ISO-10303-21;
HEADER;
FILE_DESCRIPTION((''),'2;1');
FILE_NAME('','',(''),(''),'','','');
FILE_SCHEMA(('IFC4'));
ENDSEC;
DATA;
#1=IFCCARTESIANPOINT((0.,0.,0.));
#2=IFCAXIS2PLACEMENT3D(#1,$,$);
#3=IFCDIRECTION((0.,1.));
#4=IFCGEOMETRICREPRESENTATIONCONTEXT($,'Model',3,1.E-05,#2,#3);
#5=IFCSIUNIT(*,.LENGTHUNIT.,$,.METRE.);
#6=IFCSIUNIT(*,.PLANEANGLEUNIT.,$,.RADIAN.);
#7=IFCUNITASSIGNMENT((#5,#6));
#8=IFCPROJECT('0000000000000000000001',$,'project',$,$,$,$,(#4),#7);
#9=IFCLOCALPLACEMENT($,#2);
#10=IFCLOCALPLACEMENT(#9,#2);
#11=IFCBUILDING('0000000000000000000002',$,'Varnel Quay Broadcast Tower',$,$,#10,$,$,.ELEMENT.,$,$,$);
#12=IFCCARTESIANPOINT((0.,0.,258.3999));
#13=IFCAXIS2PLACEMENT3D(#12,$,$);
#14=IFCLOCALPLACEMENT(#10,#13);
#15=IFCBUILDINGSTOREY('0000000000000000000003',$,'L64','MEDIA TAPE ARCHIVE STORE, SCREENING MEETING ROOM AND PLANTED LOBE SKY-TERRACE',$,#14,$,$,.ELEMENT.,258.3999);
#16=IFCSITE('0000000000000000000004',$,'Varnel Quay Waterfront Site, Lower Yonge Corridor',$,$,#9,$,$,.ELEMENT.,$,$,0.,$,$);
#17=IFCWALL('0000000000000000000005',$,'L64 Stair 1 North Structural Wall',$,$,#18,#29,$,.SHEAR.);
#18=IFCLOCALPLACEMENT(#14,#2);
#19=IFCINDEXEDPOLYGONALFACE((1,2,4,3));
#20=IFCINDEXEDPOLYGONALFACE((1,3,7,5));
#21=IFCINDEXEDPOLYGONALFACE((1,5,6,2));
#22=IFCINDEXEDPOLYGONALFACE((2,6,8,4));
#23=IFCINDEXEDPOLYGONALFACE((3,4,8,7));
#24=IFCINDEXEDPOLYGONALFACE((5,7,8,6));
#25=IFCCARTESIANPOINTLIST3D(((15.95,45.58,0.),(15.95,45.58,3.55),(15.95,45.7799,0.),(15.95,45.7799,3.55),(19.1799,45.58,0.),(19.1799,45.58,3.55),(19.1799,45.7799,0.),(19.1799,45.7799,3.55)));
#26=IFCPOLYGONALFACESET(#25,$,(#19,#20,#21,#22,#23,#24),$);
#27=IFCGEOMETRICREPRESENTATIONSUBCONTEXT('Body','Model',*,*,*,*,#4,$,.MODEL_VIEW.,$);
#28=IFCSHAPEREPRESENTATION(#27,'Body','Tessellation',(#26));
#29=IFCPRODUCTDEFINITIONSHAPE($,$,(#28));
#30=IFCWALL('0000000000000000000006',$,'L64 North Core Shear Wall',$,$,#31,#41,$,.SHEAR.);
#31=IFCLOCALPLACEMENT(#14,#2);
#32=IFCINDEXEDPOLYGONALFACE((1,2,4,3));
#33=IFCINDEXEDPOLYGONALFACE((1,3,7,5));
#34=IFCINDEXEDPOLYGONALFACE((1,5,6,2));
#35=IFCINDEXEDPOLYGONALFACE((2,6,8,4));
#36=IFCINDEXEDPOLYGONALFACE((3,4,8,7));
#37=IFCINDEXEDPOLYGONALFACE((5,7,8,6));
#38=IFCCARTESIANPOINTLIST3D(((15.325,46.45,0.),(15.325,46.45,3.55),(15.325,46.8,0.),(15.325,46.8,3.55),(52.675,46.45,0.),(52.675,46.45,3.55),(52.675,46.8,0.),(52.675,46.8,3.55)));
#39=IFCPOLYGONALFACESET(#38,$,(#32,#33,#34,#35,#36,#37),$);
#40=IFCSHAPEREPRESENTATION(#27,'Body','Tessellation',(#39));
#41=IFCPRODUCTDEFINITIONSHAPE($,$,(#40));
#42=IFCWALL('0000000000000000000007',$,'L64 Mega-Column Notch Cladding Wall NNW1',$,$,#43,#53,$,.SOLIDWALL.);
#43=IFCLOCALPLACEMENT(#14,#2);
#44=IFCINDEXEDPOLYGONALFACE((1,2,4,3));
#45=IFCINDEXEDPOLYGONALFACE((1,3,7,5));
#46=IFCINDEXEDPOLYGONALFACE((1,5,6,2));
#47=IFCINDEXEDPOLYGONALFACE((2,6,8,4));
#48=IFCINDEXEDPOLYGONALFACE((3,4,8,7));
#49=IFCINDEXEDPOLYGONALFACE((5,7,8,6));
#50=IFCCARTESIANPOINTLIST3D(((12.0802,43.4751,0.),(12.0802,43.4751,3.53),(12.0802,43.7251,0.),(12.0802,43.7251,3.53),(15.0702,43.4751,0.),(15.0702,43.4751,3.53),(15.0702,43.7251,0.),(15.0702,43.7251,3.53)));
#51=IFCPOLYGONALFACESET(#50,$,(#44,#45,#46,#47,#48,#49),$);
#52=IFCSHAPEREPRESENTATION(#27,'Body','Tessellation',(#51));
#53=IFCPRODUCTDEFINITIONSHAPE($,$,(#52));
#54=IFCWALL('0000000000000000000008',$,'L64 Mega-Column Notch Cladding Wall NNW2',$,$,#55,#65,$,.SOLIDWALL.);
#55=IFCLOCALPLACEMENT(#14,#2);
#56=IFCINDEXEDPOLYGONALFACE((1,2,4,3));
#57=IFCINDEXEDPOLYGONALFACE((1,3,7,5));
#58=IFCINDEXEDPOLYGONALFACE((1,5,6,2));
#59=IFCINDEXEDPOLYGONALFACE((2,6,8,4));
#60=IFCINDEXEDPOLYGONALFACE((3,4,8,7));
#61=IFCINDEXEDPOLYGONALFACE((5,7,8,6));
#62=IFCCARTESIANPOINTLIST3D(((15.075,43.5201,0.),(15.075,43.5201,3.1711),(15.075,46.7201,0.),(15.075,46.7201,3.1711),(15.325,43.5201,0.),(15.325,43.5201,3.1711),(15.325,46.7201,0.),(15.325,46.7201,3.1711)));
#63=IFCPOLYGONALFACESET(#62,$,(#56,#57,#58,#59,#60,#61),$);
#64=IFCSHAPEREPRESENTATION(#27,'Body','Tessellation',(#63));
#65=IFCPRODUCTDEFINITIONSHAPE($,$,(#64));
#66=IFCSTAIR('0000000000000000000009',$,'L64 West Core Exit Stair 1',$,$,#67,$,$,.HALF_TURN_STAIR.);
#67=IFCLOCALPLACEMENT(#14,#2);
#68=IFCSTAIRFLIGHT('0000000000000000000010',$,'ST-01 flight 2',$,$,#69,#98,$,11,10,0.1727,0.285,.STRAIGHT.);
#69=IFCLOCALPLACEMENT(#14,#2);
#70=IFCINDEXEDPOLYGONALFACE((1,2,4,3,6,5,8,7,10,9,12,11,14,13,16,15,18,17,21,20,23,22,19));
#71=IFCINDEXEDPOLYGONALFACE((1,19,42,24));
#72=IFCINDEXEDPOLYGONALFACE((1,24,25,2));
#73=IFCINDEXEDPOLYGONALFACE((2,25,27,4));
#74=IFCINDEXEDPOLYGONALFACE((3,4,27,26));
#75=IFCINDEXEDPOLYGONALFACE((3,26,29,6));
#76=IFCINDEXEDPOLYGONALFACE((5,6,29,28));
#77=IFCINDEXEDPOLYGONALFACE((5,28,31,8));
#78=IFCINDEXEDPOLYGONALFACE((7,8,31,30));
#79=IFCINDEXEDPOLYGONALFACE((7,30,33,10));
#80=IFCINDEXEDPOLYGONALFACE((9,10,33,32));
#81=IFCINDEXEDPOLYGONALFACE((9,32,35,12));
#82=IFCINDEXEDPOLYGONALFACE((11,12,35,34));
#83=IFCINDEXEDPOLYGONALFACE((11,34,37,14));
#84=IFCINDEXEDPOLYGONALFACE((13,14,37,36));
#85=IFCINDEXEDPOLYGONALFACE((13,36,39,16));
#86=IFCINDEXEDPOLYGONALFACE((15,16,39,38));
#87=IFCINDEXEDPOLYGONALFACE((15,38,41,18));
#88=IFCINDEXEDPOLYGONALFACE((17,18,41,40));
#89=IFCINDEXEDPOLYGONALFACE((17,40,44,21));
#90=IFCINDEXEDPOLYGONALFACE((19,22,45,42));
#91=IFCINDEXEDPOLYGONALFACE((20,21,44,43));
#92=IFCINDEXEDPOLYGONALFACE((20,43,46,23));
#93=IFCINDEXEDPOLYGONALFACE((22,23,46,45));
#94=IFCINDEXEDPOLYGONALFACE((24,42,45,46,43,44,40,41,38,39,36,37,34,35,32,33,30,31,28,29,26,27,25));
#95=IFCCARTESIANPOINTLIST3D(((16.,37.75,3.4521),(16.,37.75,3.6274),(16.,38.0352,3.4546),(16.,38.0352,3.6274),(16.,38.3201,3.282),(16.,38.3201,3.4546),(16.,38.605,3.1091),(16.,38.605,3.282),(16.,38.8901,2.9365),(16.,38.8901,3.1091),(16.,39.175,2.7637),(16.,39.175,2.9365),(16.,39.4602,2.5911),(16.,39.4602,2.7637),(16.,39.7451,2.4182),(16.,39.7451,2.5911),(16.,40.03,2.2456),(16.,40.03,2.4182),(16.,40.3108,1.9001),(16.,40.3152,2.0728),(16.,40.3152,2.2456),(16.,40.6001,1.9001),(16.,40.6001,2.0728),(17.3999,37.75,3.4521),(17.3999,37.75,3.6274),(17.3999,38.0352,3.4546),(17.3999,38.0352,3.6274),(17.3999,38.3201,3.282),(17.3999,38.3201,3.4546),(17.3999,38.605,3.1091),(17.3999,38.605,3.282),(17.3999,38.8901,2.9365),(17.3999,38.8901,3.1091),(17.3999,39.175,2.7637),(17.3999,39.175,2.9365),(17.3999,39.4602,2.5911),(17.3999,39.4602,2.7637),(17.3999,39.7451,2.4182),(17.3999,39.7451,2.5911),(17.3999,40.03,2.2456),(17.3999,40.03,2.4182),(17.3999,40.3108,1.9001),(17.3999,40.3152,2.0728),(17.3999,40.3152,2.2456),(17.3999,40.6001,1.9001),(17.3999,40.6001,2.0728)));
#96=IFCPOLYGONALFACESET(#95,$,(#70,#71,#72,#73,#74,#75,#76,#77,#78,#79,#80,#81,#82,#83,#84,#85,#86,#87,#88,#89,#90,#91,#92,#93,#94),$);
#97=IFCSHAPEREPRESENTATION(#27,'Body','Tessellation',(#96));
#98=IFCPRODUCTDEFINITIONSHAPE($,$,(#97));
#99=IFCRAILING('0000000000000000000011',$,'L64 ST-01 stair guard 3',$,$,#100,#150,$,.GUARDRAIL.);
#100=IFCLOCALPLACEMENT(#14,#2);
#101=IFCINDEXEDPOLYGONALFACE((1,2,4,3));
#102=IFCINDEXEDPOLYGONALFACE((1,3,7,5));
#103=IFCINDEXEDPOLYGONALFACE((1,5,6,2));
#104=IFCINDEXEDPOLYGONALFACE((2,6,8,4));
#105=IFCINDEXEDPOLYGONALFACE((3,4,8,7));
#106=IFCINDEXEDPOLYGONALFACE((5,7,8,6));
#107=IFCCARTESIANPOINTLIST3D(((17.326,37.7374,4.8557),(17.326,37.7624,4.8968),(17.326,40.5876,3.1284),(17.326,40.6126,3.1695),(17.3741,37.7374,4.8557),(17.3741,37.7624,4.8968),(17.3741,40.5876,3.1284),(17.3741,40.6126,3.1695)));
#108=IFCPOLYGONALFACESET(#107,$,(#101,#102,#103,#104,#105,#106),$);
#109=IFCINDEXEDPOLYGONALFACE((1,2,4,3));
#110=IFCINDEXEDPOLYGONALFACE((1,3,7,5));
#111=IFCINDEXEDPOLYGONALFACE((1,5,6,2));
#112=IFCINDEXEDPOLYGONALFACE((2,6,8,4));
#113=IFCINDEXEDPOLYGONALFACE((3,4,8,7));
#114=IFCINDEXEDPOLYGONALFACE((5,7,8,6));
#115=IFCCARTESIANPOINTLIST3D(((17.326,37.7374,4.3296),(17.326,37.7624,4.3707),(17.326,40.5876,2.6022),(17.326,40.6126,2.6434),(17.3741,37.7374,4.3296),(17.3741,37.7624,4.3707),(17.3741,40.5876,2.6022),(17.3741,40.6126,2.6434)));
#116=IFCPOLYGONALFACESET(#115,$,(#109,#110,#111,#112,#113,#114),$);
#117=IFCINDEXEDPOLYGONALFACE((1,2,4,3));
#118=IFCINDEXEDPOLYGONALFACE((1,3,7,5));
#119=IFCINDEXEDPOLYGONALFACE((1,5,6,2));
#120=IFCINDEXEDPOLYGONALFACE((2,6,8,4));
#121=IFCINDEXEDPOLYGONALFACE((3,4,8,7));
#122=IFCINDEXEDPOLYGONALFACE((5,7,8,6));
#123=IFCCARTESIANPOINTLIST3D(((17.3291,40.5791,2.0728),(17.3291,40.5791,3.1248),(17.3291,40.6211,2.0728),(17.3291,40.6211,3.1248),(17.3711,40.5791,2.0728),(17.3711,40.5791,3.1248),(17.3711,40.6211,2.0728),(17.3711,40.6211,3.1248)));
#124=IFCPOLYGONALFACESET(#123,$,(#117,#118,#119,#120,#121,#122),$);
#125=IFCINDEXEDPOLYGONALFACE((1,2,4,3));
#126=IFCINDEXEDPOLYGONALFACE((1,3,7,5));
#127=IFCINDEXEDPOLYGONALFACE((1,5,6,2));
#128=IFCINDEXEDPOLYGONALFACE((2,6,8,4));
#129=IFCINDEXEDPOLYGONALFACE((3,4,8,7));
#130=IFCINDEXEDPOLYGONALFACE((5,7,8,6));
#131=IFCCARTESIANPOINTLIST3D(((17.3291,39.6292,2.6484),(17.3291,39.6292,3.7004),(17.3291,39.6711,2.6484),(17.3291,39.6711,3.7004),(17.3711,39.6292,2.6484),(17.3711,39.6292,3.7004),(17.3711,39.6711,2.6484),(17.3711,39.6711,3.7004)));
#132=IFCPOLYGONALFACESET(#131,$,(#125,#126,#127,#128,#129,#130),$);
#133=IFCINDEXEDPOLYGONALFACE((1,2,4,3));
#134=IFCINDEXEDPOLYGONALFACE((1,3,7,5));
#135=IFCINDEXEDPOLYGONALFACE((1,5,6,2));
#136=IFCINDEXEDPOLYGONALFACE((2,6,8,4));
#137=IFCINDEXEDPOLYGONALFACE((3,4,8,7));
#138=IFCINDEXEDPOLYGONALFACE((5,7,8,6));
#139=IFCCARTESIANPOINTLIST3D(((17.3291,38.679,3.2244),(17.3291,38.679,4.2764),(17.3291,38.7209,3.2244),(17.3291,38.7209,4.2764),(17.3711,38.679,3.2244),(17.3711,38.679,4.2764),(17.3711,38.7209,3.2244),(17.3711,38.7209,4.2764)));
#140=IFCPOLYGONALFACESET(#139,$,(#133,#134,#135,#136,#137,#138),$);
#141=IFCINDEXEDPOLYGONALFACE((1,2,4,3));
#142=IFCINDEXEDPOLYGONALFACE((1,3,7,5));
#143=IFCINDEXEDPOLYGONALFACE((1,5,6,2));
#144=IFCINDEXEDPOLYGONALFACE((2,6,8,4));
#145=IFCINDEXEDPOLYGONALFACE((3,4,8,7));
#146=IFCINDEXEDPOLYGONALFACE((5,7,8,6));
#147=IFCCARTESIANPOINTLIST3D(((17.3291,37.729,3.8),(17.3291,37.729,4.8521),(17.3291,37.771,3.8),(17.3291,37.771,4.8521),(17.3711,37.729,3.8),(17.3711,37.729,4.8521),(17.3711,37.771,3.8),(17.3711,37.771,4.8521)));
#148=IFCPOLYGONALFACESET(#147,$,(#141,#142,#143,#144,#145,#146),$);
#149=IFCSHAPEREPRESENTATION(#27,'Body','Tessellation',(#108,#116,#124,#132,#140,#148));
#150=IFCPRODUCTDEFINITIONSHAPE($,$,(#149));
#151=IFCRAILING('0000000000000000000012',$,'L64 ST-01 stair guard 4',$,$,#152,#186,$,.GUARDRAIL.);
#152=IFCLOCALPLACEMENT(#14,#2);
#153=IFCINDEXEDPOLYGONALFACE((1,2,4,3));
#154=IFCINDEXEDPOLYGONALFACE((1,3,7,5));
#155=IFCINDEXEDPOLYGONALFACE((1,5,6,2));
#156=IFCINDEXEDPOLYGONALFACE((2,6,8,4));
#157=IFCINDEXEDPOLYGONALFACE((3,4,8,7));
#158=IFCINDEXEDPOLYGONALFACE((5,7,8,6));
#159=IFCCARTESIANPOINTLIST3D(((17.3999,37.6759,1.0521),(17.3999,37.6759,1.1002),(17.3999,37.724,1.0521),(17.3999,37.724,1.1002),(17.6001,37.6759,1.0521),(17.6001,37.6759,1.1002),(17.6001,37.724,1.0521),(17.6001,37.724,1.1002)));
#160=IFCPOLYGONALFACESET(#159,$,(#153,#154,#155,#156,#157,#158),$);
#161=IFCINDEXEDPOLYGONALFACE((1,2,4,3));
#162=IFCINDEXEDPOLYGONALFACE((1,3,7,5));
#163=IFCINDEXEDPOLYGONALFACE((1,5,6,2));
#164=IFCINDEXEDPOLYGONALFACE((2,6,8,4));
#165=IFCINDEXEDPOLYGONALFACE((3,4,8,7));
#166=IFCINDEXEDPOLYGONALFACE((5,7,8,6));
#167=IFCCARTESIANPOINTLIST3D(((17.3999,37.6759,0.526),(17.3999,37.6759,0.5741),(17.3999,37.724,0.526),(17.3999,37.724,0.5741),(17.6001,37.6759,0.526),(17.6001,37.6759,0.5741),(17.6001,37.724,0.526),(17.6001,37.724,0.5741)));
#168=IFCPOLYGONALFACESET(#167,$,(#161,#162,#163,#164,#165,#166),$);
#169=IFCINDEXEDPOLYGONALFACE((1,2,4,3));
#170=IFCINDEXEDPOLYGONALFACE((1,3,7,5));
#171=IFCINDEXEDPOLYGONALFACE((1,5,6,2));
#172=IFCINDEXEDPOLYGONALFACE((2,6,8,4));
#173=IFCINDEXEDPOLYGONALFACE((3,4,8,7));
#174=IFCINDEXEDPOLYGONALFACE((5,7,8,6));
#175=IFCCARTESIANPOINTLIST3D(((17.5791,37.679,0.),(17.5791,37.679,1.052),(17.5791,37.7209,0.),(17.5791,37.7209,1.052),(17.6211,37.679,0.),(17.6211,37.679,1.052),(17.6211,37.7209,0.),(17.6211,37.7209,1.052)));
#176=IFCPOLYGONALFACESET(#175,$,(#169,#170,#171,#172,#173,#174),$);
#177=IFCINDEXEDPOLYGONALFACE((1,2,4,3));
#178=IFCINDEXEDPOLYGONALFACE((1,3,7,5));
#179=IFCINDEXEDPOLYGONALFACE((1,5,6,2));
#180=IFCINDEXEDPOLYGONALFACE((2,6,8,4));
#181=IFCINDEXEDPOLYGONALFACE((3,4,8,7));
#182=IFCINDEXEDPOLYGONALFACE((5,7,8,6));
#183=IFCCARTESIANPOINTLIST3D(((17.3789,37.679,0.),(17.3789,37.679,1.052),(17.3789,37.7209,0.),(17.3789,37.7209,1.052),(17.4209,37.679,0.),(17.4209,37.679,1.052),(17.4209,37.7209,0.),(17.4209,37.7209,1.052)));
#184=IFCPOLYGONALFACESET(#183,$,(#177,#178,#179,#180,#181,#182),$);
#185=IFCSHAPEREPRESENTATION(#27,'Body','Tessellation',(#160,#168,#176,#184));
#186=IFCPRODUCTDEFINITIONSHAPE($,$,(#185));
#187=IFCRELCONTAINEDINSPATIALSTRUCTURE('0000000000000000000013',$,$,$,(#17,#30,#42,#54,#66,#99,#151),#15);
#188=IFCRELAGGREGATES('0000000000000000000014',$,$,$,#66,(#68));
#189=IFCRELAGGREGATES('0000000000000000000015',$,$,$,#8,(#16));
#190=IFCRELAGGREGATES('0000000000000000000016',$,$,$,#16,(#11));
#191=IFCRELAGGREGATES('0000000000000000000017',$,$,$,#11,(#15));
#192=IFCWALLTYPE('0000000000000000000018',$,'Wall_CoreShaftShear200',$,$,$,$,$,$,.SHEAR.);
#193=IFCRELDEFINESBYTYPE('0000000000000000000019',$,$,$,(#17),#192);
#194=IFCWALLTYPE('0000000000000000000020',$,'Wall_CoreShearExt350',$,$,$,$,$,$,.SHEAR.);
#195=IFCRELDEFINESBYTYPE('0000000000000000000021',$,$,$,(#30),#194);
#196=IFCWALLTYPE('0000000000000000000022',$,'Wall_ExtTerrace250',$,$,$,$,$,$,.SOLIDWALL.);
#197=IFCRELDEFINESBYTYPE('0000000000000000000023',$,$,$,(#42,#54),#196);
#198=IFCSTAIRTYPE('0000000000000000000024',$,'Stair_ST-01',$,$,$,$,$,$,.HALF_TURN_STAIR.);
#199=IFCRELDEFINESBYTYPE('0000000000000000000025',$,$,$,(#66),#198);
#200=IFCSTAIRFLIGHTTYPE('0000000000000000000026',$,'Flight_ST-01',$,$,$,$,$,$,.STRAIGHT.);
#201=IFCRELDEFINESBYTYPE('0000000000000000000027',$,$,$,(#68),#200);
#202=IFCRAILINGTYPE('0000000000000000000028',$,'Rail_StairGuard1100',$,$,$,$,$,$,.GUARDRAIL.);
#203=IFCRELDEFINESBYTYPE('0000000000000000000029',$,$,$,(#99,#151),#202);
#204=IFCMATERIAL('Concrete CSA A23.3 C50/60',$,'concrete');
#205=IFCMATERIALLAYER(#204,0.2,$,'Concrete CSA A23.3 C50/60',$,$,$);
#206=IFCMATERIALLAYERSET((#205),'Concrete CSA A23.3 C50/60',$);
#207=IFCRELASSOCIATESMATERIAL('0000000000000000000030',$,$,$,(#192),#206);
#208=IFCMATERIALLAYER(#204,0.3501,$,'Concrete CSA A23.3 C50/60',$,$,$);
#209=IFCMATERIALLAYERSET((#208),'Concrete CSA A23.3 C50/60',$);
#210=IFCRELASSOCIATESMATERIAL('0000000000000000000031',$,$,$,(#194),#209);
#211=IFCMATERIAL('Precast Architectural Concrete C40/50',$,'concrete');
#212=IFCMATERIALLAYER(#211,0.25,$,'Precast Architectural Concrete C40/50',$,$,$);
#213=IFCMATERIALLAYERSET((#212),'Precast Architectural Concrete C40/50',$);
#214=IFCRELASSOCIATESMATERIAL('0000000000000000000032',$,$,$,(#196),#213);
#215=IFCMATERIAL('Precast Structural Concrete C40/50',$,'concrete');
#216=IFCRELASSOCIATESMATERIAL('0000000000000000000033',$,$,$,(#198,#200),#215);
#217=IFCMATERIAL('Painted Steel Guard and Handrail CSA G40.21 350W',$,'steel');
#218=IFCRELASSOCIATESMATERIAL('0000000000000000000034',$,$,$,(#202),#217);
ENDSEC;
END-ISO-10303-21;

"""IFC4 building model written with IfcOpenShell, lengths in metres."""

from ifc_helpers import new_model, si_unit, direction, frame, frame_2d, origin, origin_2d, place, context, subcontext, project, spatial, polyline, rectangle, outline, extrude, material, layer, layer_set, type_object, element, aggregate, save


model = new_model("IFC4")

# Units and contexts
model_context = context("Model", 3, precision=1e-05, world=origin(), true_north=direction((0.0, 1.0)))
body_context = subcontext(model_context, "Body", "Model", "MODEL_VIEW")
ifc_project = project(units=[si_unit("LENGTHUNIT", "METRE"), si_unit("PLANEANGLEUNIT", "RADIAN")], contexts=[model_context])

# Site, building, storey
site_placement = place(None, origin())
site = spatial("IfcSite", under=ifc_project, at=site_placement, Name="Varnel Quay Waterfront Site, Lower Yonge Corridor", CompositionType="ELEMENT", RefElevation=0.0)
building_placement = place(site_placement, origin())
building = spatial("IfcBuilding", under=site, at=building_placement, Name="Varnel Quay Broadcast Tower", CompositionType="ELEMENT")
storey_placement = place(building_placement, frame((0.0, 0.0, 258.3999)))
storey = spatial("IfcBuildingStorey", under=building, at=storey_placement, Name="L64", Description="MEDIA TAPE ARCHIVE STORE, SCREENING MEETING ROOM AND PLANTED LOBE SKY-TERRACE", CompositionType="ELEMENT", Elevation=258.3999)

# Walls
ifc_material_1 = material(Name="Concrete CSA A23.3 C50/60", Category="concrete")
ifc_layer_1 = layer(ifc_material_1, 0.2, Name="Concrete CSA A23.3 C50/60")
ifc_layer_set_1 = layer_set([ifc_layer_1], Name="Concrete CSA A23.3 C50/60")
wall_type_1 = type_object("IfcWallType", Name="Wall_CoreShaftShear200", PredefinedType="SHEAR", material=ifc_layer_set_1)
wall_1_placement = place(storey_placement, frame((15.95, 45.6799, 0.0), z_axis=(0.0, 0.0, 1.0), x_axis=(1.0, 0.0, 0.0)))
element("IfcWall", 1, at=wall_1_placement, inside=storey, type_object=wall_type_1, Name="L64 Stair 1 North Structural Wall", PredefinedType="SHEAR", context=body_context, shape_type="SweptSolid", body=[
    extrude(rectangle(XDim=3.23, YDim=0.2, at=frame_2d((1.615, 0.0))), origin(), (0.0, 0.0, 1.0), 3.55),
])
ifc_layer_2 = layer(ifc_material_1, 0.3501, Name="Concrete CSA A23.3 C50/60")
ifc_layer_set_2 = layer_set([ifc_layer_2], Name="Concrete CSA A23.3 C50/60")
wall_type_2 = type_object("IfcWallType", Name="Wall_CoreShearExt350", PredefinedType="SHEAR", material=ifc_layer_set_2)
wall_2_placement = place(storey_placement, frame((15.325, 46.625, 0.0), z_axis=(0.0, 0.0, 1.0), x_axis=(1.0, 0.0, 0.0)))
element("IfcWall", 2, at=wall_2_placement, inside=storey, type_object=wall_type_2, Name="L64 North Core Shear Wall", PredefinedType="SHEAR", context=body_context, shape_type="SweptSolid", body=[
    extrude(rectangle(XDim=37.3501, YDim=0.3501, at=frame_2d((18.675, 0.0))), origin(), (0.0, 0.0, 1.0), 3.55),
])
ifc_material_2 = material(Name="Precast Architectural Concrete C40/50", Category="concrete")
ifc_layer_3 = layer(ifc_material_2, 0.25, Name="Precast Architectural Concrete C40/50")
ifc_layer_set_3 = layer_set([ifc_layer_3], Name="Precast Architectural Concrete C40/50")
wall_type_3 = type_object("IfcWallType", Name="Wall_ExtTerrace250", PredefinedType="SOLIDWALL", material=ifc_layer_set_3)
wall_3_placement = place(storey_placement, frame((12.0801, 43.6001, 0.0), z_axis=(0.0, 0.0, 1.0), x_axis=(1.0, 0.0, 0.0)))
element("IfcWall", 3, at=wall_3_placement, inside=storey, type_object=wall_type_3, Name="L64 Mega-Column Notch Cladding Wall NNW1", PredefinedType="SOLIDWALL", context=body_context, shape_type="SweptSolid", body=[
    extrude(rectangle(XDim=2.99, YDim=0.25, at=frame_2d((1.4951, 0.0))), origin(), (0.0, 0.0, 1.0), 3.53),
])
wall_4_placement = place(storey_placement, frame((15.2, 43.52, 0.0), z_axis=(0.0, 0.0, 1.0), x_axis=(0.0, 1.0, 0.0)))
element("IfcWall", 4, at=wall_4_placement, inside=storey, type_object=wall_type_3, Name="L64 Mega-Column Notch Cladding Wall NNW2", PredefinedType="SOLIDWALL", context=body_context, shape_type="SweptSolid", body=[
    extrude(rectangle(XDim=3.2, YDim=0.25, at=frame_2d((1.6001, 0.0))), origin(), (0.0, 0.0, 1.0), 3.1711),
])

# Stair, stair flight
ifc_material_3 = material(Name="Precast Structural Concrete C40/50", Category="concrete")
stair_type = type_object("IfcStairType", Name="Stair_ST-01", PredefinedType="HALF_TURN_STAIR", material=ifc_material_3)
stair_placement = place(storey_placement, origin())
stair = element("IfcStair", 5, at=stair_placement, inside=storey, type_object=stair_type, Name="L64 West Core Exit Stair 1", PredefinedType="HALF_TURN_STAIR")
stair_flight_type = type_object("IfcStairFlightType", Name="Flight_ST-01", PredefinedType="STRAIGHT", material=ifc_material_3)
stair_flight_placement = place(storey_placement, frame((16.7, 40.6001, 1.9001), z_axis=(0.0, 0.0, 1.0), x_axis=(0.0, -1.0, 0.0)))
stair_flight = element("IfcStairFlight", 6, at=stair_flight_placement, type_object=stair_flight_type, Name="ST-01 flight 2", NumberOfRisers=11, NumberOfTreads=10, PredefinedType="STRAIGHT", RiserHeight=0.1727, TreadLength=0.285, context=body_context, shape_type="SweptSolid", body=[
    extrude(outline(polyline([(0.0, 0.0), (0.0, 0.1726), (0.2849, 0.1726), (0.2849, 0.3455), (0.5701, 0.3455), (0.5701, 0.5181), (0.855, 0.5181), (0.855, 0.6909), (1.1399, 0.6909), (1.1399, 0.8635), (1.425, 0.8635), (1.425, 1.0364), (1.71, 1.0364), (1.71, 1.209), (1.9951, 1.209), (1.9951, 1.3818), (2.28, 1.3818), (2.28, 1.5544), (2.5649, 1.5544), (2.5649, 1.7273), (2.8501, 1.7273), (2.8501, 1.8999), (2.8501, 1.552), (0.2893, 0.0), (0.0, 0.0)])), frame((0.0, 0.7, 0.0), z_axis=(0.0, -1.0, 0.0), x_axis=(1.0, 0.0, 0.0)), (0.0, 0.0, 1.0), 1.3999),
])
aggregate(stair, [stair_flight])

# Railings
ifc_material_4 = material(Name="Painted Steel Guard and Handrail CSA G40.21 350W", Category="steel")
railing_type_1 = type_object("IfcRailingType", Name="Rail_StairGuard1100", PredefinedType="GUARDRAIL", material=ifc_material_4)
railing_1_placement = place(storey_placement, frame((17.3501, 40.6001, 2.0728)))
element("IfcRailing", 7, at=railing_1_placement, inside=storey, type_object=railing_type_1, Name="L64 ST-01 stair guard 3", PredefinedType="GUARDRAIL", context=body_context, shape_type="SweptSolid", body=[
    extrude(rectangle(XDim=0.0481, YDim=0.0481, at=origin_2d()), frame((0.0, 0.0, 1.0762), z_axis=(0.0, -0.855203, 0.518294), x_axis=(1.0, 0.0, 0.0)), (0.0, 0.0, 1.0), 3.3328),
    extrude(rectangle(XDim=0.0481, YDim=0.0481, at=origin_2d()), frame((0.0, 0.0, 0.55), z_axis=(0.0, -0.855203, 0.518294), x_axis=(1.0, 0.0, 0.0)), (0.0, 0.0, 1.0), 3.3328),
    extrude(rectangle(XDim=0.042, YDim=0.042, at=origin_2d()), origin(), (0.0, 0.0, 1.0), 1.052),
    extrude(rectangle(XDim=0.042, YDim=0.042, at=origin_2d()), frame((0.0, -0.95, 0.5757)), (0.0, 0.0, 1.0), 1.052),
    extrude(rectangle(XDim=0.042, YDim=0.042, at=origin_2d()), frame((0.0, -1.9001, 1.1516)), (0.0, 0.0, 1.0), 1.052),
    extrude(rectangle(XDim=0.042, YDim=0.042, at=origin_2d()), frame((0.0, -2.8501, 1.7273)), (0.0, 0.0, 1.0), 1.052),
])
railing_2_placement = place(storey_placement, frame((17.6001, 37.7, 0.0)))
element("IfcRailing", 8, at=railing_2_placement, inside=storey, type_object=railing_type_1, Name="L64 ST-01 stair guard 4", PredefinedType="GUARDRAIL", context=body_context, shape_type="SweptSolid", body=[
    extrude(rectangle(XDim=0.0481, YDim=0.0481, at=origin_2d()), frame((0.0, 0.0, 1.0762), z_axis=(-1.0, 0.0, 0.0), x_axis=(0.0, -1.0, 0.0)), (0.0, 0.0, 1.0), 0.2002),
    extrude(rectangle(XDim=0.0481, YDim=0.0481, at=origin_2d()), frame((0.0, 0.0, 0.55), z_axis=(-1.0, 0.0, 0.0), x_axis=(0.0, -1.0, 0.0)), (0.0, 0.0, 1.0), 0.2002),
    extrude(rectangle(XDim=0.042, YDim=0.042, at=origin_2d()), origin(), (0.0, 0.0, 1.0), 1.052),
    extrude(rectangle(XDim=0.042, YDim=0.042, at=origin_2d()), frame((-0.2002, 0.0, 0.0)), (0.0, 0.0, 1.0), 1.052),
])

save(model, "model.ifc")
